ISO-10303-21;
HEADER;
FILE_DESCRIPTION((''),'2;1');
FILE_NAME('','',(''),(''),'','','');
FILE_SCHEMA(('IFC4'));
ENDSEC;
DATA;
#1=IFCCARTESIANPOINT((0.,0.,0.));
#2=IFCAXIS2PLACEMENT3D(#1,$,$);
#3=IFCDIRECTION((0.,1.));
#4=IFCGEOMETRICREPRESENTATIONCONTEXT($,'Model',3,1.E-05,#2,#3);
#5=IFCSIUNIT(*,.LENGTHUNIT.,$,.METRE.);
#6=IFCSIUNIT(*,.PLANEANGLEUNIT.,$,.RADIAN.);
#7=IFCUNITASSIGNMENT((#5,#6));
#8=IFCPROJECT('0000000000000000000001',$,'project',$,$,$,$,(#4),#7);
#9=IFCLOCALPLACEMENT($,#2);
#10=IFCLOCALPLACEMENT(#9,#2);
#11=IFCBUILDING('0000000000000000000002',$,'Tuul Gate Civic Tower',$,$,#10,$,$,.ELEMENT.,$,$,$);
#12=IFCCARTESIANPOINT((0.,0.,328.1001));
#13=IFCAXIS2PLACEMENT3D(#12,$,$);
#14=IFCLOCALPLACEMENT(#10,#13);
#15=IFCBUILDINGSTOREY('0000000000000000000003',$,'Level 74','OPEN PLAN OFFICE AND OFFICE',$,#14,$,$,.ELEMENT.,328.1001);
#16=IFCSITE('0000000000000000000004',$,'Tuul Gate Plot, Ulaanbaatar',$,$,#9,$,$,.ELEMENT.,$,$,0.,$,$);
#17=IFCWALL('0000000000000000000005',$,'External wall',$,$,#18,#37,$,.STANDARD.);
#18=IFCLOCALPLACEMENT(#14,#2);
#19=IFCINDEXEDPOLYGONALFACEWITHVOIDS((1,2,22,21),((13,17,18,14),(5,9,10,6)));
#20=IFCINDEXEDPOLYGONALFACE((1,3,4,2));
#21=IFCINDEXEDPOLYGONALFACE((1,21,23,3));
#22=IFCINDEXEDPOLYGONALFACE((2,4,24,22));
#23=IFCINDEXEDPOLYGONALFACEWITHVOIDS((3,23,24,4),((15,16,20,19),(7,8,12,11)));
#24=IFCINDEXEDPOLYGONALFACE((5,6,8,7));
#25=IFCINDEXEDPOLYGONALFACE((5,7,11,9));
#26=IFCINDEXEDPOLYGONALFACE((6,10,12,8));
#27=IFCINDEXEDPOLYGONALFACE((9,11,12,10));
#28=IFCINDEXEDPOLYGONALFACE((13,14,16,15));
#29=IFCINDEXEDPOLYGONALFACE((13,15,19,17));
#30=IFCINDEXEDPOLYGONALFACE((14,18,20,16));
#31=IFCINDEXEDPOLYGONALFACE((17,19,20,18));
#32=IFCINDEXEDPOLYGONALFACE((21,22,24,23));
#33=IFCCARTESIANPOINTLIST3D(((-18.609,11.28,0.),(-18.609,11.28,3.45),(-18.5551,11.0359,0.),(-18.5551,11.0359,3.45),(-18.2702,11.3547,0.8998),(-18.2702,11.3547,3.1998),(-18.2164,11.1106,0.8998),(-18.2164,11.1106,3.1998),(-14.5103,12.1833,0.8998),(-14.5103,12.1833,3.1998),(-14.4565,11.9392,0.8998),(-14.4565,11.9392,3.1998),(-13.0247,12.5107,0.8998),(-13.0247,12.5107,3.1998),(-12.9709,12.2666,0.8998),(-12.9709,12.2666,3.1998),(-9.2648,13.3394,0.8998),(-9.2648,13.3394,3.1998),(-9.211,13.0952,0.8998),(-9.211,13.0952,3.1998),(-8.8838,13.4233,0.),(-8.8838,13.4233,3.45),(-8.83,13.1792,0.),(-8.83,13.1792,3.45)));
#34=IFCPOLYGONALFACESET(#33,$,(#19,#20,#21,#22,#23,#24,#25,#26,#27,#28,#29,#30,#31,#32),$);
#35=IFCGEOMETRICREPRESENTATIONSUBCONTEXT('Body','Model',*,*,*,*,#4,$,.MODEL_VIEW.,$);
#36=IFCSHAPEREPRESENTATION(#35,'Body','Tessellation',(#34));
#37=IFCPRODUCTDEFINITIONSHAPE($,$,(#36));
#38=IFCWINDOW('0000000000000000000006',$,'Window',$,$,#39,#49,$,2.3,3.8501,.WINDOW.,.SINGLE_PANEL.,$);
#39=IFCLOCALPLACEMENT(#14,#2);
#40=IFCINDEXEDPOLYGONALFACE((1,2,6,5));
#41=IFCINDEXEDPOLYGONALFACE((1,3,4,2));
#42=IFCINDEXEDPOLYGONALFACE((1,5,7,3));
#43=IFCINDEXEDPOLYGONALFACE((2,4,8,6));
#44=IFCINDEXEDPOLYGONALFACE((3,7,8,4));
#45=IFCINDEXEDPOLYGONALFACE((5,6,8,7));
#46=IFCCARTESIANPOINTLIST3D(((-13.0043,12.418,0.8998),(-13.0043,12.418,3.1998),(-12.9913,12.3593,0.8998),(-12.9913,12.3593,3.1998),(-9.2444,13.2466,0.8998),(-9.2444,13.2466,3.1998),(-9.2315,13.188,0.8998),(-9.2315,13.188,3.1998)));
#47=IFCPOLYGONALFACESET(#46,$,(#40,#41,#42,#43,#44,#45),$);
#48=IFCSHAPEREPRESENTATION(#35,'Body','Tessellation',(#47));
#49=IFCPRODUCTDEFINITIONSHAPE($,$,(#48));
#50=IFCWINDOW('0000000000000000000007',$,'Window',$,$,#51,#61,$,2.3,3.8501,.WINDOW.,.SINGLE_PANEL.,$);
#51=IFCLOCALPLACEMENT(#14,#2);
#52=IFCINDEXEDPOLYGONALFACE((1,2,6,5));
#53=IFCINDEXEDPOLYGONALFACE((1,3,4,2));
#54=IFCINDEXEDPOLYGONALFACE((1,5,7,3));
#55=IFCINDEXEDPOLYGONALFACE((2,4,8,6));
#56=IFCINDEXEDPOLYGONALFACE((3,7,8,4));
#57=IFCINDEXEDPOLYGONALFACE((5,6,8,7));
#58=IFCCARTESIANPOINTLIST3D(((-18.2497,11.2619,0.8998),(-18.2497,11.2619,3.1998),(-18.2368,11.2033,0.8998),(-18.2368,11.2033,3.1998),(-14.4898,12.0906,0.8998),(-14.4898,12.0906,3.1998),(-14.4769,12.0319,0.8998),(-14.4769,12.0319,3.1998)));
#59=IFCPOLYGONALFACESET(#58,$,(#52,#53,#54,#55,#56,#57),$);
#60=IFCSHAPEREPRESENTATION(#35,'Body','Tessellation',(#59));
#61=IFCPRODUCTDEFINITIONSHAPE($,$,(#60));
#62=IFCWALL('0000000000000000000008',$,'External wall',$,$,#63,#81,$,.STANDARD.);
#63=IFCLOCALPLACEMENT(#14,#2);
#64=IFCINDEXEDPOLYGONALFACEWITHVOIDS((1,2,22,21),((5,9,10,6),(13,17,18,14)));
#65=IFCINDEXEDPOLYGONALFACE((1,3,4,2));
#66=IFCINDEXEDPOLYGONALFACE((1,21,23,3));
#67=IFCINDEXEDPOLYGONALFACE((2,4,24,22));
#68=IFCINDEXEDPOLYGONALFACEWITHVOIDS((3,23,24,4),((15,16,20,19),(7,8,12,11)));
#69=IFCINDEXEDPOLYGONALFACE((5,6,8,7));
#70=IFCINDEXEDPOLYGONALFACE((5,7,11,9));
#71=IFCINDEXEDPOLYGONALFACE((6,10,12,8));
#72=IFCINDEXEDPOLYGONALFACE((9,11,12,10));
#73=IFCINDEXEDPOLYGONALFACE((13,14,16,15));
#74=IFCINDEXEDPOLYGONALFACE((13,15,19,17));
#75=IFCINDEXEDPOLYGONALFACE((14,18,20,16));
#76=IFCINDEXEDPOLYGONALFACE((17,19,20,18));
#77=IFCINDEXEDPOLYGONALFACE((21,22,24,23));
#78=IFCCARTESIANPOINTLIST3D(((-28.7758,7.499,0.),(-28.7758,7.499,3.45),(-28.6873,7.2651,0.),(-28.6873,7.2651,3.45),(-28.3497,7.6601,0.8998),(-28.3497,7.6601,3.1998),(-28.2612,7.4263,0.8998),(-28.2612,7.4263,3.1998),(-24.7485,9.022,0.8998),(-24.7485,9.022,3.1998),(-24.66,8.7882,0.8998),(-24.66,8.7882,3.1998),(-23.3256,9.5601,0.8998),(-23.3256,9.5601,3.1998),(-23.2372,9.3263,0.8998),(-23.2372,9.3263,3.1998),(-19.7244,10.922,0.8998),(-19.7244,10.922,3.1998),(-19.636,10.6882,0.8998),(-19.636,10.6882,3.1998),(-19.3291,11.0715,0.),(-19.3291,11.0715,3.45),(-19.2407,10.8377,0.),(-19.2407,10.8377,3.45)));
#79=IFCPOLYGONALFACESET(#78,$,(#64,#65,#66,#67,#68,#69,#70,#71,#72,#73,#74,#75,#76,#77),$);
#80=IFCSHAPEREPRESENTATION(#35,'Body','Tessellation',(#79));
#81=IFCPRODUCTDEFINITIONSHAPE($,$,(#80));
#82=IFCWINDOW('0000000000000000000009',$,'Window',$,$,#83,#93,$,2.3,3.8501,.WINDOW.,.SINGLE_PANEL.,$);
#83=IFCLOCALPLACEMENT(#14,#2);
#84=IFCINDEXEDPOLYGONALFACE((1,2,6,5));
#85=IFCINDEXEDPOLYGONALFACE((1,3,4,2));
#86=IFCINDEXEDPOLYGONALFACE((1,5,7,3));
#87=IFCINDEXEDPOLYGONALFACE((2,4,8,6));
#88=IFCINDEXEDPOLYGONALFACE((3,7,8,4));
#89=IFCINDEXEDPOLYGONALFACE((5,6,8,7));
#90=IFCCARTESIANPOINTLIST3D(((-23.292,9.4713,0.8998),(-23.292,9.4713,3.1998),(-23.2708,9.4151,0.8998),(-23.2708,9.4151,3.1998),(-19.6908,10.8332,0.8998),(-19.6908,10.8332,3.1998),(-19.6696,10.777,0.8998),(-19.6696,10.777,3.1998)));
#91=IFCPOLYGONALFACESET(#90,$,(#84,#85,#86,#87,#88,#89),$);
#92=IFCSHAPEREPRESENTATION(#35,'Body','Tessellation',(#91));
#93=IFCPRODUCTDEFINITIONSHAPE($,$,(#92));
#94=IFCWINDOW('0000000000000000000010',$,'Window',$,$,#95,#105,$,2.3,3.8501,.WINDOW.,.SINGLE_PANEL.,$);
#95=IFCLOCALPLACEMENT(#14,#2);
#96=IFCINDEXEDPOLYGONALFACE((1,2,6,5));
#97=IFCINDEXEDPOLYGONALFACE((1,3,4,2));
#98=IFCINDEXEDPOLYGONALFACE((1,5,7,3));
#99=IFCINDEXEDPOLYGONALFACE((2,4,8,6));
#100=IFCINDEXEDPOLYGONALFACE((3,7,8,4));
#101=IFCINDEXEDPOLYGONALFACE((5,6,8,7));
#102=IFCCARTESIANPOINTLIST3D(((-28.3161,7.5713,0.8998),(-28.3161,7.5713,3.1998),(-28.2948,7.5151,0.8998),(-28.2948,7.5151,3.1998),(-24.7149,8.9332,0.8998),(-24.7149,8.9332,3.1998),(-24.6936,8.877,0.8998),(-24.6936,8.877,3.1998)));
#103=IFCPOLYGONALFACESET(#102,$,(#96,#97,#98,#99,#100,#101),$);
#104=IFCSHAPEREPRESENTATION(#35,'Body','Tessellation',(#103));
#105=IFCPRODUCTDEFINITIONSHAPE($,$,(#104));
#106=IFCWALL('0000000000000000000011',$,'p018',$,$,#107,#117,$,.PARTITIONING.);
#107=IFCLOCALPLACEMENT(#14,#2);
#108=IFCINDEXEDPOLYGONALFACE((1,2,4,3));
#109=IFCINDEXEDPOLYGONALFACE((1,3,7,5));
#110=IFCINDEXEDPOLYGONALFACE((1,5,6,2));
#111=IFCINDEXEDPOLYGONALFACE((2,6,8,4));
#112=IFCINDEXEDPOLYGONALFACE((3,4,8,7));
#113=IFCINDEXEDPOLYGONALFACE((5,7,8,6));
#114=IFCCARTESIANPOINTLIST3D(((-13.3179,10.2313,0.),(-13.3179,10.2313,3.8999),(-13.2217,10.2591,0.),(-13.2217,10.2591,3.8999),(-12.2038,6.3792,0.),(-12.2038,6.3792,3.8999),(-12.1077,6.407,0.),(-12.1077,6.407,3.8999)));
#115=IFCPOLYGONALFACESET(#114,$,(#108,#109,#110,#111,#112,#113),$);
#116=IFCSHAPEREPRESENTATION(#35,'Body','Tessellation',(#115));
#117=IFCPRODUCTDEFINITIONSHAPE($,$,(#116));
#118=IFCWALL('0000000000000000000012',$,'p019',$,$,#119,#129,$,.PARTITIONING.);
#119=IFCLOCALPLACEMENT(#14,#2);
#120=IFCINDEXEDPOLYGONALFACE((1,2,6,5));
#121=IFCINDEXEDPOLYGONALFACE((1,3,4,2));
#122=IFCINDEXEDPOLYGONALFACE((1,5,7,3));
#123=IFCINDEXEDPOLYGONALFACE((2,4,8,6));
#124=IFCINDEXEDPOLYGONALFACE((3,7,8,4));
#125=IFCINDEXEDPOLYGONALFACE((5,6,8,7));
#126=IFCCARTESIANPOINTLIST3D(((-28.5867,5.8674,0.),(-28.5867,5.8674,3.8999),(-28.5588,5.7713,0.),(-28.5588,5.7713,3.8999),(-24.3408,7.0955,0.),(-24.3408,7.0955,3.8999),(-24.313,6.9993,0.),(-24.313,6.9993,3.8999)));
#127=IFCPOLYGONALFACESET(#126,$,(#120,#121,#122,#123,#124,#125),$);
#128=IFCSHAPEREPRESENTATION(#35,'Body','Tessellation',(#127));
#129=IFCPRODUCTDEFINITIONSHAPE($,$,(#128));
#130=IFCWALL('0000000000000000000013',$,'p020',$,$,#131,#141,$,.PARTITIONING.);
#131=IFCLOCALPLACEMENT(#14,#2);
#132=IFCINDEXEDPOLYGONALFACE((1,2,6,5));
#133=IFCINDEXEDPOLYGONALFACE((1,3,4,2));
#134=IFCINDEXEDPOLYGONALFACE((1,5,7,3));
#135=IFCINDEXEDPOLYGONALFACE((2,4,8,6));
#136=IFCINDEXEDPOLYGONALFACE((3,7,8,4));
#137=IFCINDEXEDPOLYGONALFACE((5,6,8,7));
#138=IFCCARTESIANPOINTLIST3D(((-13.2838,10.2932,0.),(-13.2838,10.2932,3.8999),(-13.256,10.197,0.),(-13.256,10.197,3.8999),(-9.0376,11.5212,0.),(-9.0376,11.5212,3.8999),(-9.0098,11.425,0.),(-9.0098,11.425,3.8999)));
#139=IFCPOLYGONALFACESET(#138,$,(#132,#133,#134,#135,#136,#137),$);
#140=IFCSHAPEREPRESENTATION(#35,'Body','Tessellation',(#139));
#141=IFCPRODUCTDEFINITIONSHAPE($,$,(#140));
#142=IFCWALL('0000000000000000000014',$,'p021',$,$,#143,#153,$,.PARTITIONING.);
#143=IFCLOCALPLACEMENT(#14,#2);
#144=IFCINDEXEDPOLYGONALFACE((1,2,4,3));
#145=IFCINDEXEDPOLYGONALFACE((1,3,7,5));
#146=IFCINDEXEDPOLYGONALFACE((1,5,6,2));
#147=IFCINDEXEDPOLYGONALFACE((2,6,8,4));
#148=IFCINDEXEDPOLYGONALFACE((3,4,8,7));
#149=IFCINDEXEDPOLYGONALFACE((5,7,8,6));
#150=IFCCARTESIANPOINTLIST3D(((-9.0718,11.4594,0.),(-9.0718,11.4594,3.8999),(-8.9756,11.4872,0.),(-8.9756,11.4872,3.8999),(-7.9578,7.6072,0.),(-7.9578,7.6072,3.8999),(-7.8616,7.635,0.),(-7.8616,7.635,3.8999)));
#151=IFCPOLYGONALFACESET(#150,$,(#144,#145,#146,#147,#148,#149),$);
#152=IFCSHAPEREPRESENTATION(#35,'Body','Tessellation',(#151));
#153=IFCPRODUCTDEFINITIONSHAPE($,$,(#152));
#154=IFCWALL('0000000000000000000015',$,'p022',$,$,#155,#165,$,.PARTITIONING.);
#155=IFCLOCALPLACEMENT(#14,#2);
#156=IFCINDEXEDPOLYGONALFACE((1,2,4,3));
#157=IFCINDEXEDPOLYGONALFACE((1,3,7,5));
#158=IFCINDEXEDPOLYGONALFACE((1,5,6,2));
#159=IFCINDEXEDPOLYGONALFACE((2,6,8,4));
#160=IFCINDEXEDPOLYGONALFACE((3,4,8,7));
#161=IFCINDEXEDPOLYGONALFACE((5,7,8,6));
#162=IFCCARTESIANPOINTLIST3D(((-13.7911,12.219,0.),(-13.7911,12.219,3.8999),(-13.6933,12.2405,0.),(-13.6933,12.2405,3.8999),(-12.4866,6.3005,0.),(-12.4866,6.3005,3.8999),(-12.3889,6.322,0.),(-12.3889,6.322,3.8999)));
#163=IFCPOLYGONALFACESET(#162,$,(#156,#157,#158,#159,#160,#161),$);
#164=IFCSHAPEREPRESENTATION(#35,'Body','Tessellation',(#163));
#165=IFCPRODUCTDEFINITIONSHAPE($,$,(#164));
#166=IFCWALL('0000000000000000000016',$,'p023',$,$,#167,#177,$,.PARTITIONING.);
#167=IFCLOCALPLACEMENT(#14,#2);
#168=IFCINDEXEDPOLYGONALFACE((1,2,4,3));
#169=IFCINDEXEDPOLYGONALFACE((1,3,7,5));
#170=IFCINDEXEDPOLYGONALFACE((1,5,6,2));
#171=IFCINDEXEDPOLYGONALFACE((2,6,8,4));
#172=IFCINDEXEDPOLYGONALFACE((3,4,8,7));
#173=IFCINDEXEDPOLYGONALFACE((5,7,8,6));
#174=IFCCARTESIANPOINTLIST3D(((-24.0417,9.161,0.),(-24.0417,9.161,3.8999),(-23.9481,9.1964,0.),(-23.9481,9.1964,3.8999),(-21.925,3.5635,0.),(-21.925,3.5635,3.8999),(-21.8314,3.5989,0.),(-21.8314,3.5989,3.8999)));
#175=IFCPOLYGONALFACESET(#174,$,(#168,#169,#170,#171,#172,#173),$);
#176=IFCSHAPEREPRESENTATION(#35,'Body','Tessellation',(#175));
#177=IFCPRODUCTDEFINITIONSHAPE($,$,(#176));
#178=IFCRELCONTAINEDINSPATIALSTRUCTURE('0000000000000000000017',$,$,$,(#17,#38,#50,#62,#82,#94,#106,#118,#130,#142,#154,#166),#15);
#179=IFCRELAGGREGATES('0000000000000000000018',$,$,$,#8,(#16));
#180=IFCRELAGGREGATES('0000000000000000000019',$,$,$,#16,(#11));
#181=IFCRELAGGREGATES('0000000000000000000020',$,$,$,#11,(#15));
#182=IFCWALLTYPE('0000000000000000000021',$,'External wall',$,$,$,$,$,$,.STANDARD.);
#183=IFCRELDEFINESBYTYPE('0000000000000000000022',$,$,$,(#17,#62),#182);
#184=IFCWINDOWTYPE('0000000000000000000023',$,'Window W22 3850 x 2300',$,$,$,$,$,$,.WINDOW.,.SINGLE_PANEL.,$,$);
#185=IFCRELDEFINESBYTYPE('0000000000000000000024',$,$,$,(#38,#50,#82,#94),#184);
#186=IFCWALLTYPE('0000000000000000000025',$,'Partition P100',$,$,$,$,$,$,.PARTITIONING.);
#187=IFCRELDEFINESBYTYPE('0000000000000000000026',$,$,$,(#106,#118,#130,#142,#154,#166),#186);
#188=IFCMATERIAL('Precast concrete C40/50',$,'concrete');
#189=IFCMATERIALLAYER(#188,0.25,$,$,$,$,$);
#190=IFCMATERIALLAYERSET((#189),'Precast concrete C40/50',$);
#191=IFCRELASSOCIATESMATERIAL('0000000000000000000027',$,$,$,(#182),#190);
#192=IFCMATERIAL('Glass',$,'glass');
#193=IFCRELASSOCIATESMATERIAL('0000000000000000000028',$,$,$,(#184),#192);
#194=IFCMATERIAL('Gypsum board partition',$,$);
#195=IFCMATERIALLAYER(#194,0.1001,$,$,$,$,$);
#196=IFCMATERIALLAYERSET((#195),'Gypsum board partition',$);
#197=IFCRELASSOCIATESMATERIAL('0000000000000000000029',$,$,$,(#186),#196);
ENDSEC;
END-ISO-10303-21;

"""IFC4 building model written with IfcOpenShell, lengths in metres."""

from ifc_helpers import new_model, si_unit, direction, frame, frame_2d, origin, place, context, subcontext, project, spatial, rectangle, extrude, material, layer, layer_set, type_object, element, fill, save


model = new_model("IFC4")

# Units and contexts
model_context = context("Model", 3, precision=1e-05, world=origin(), true_north=direction((0.0, 1.0)))
body_context = subcontext(model_context, "Body", "Model", "MODEL_VIEW")
ifc_project = project(units=[si_unit("LENGTHUNIT", "METRE"), si_unit("PLANEANGLEUNIT", "RADIAN")], contexts=[model_context])

# Site, building, storey
site_placement = place(None, origin())
site = spatial("IfcSite", under=ifc_project, at=site_placement, Name="Tuul Gate Plot, Ulaanbaatar", CompositionType="ELEMENT", RefElevation=0.0)
building_placement = place(site_placement, origin())
building = spatial("IfcBuilding", under=site, at=building_placement, Name="Tuul Gate Civic Tower", CompositionType="ELEMENT")
storey_placement = place(building_placement, frame((0.0, 0.0, 328.1001)))
storey = spatial("IfcBuildingStorey", under=building, at=storey_placement, Name="Level 74", Description="OPEN PLAN OFFICE AND OFFICE", CompositionType="ELEMENT", Elevation=328.1001)

# Walls, openings, windows
ifc_material_1 = material(Name="Precast concrete C40/50", Category="concrete")
ifc_layer_1 = layer(ifc_material_1, 0.25)
ifc_layer_set_1 = layer_set([ifc_layer_1], Name="Precast concrete C40/50")
wall_type_1 = type_object("IfcWallType", Name="External wall", PredefinedType="STANDARD", material=ifc_layer_set_1)
wall_1_placement = place(storey_placement, frame((-8.8569, 13.3013, 0.0), z_axis=(0.0, 0.0, 1.0), x_axis=(-0.976565, -0.215225, 0.0)))
wall_1 = element("IfcWall", 1, at=wall_1_placement, inside=storey, type_object=wall_type_1, Name="External wall", PredefinedType="STANDARD", context=body_context, shape_type="SweptSolid", body=[
    extrude(rectangle(XDim=9.9585, YDim=0.25, at=frame_2d((4.9792, 0.0))), origin(), (0.0, 0.0, 1.0), 3.45),
])
opening_1_placement = place(wall_1_placement, frame((0.3901, 0.0, 0.8999)))
opening_1 = element("IfcOpeningElement", 2, at=opening_1_placement, cuts=wall_1, PredefinedType="OPENING", context=body_context, shape_type="SweptSolid", body=[
    extrude(rectangle(XDim=3.8501, YDim=2.3, at=frame_2d((1.925, 1.1499))), frame((0.0, 0.135, 0.0), z_axis=(0.0, -1.0, 0.0), x_axis=(1.0, 0.0, 0.0)), (0.0, 0.0, 1.0), 0.27),
])
opening_2_placement = place(wall_1_placement, frame((5.7615, 0.0, 0.8999)))
opening_2 = element("IfcOpeningElement", 3, at=opening_2_placement, cuts=wall_1, PredefinedType="OPENING", context=body_context, shape_type="SweptSolid", body=[
    extrude(rectangle(XDim=3.8501, YDim=2.3, at=frame_2d((1.925, 1.1499))), frame((0.0, 0.135, 0.0), z_axis=(0.0, -1.0, 0.0), x_axis=(1.0, 0.0, 0.0)), (0.0, 0.0, 1.0), 0.27),
])
ifc_material_2 = material(Name="Glass", Category="glass")
window_type = type_object("IfcWindowType", Name="Window W22 3850 x 2300", PartitioningType="SINGLE_PANEL", PredefinedType="WINDOW", material=ifc_material_2)
window_1_placement = place(opening_1_placement, origin())
window_1 = element("IfcWindow", 4, at=window_1_placement, inside=storey, type_object=window_type, Name="Window", OverallHeight=2.3, OverallWidth=3.8501, PartitioningType="SINGLE_PANEL", PredefinedType="WINDOW", context=body_context, shape_type="SweptSolid", body=[
    extrude(rectangle(XDim=3.8501, YDim=2.3, at=frame_2d((1.925, 1.1499))), frame((0.0, 0.03, 0.0), z_axis=(0.0, -1.0, 0.0), x_axis=(1.0, 0.0, 0.0)), (0.0, 0.0, 1.0), 0.0601),
])
fill(opening_1, window_1)
window_2_placement = place(opening_2_placement, origin())
window_2 = element("IfcWindow", 5, at=window_2_placement, inside=storey, type_object=window_type, Name="Window", OverallHeight=2.3, OverallWidth=3.8501, PartitioningType="SINGLE_PANEL", PredefinedType="WINDOW", context=body_context, shape_type="SweptSolid", body=[
    extrude(rectangle(XDim=3.8501, YDim=2.3, at=frame_2d((1.925, 1.1499))), frame((0.0, 0.03, 0.0), z_axis=(0.0, -1.0, 0.0), x_axis=(1.0, 0.0, 0.0)), (0.0, 0.0, 1.0), 0.0601),
])
fill(opening_2, window_2)
wall_2_placement = place(storey_placement, frame((-19.2849, 10.9546, 0.0), z_axis=(0.0, 0.0, 1.0), x_axis=(-0.935347, -0.353731, 0.0)))
wall_2 = element("IfcWall", 6, at=wall_2_placement, inside=storey, type_object=wall_type_1, Name="External wall", PredefinedType="STANDARD", context=body_context, shape_type="SweptSolid", body=[
    extrude(rectangle(XDim=10.0996, YDim=0.25, at=frame_2d((5.0498, 0.0))), origin(), (0.0, 0.0, 1.0), 3.45),
])
opening_3_placement = place(wall_2_placement, frame((0.4226, 0.0, 0.8999)))
opening_3 = element("IfcOpeningElement", 7, at=opening_3_placement, cuts=wall_2, PredefinedType="OPENING", context=body_context, shape_type="SweptSolid", body=[
    extrude(rectangle(XDim=3.8501, YDim=2.3, at=frame_2d((1.925, 1.1499))), frame((0.0, 0.135, 0.0), z_axis=(0.0, -1.0, 0.0), x_axis=(1.0, 0.0, 0.0)), (0.0, 0.0, 1.0), 0.27),
])
opening_4_placement = place(wall_2_placement, frame((5.7939, 0.0, 0.8999)))
opening_4 = element("IfcOpeningElement", 8, at=opening_4_placement, cuts=wall_2, PredefinedType="OPENING", context=body_context, shape_type="SweptSolid", body=[
    extrude(rectangle(XDim=3.8501, YDim=2.3, at=frame_2d((1.925, 1.1499))), frame((0.0, 0.135, 0.0), z_axis=(0.0, -1.0, 0.0), x_axis=(1.0, 0.0, 0.0)), (0.0, 0.0, 1.0), 0.27),
])
window_3_placement = place(opening_3_placement, origin())
window_3 = element("IfcWindow", 9, at=window_3_placement, inside=storey, type_object=window_type, Name="Window", OverallHeight=2.3, OverallWidth=3.8501, PartitioningType="SINGLE_PANEL", PredefinedType="WINDOW", context=body_context, shape_type="SweptSolid", body=[
    extrude(rectangle(XDim=3.8501, YDim=2.3, at=frame_2d((1.925, 1.1499))), frame((0.0, 0.03, 0.0), z_axis=(0.0, -1.0, 0.0), x_axis=(1.0, 0.0, 0.0)), (0.0, 0.0, 1.0), 0.0601),
])
fill(opening_3, window_3)
window_4_placement = place(opening_4_placement, origin())
window_4 = element("IfcWindow", 10, at=window_4_placement, inside=storey, type_object=window_type, Name="Window", OverallHeight=2.3, OverallWidth=3.8501, PartitioningType="SINGLE_PANEL", PredefinedType="WINDOW", context=body_context, shape_type="SweptSolid", body=[
    extrude(rectangle(XDim=3.8501, YDim=2.3, at=frame_2d((1.925, 1.1499))), frame((0.0, 0.03, 0.0), z_axis=(0.0, -1.0, 0.0), x_axis=(1.0, 0.0, 0.0)), (0.0, 0.0, 1.0), 0.0601),
])
fill(opening_4, window_4)

# Walls
ifc_material_3 = material(Name="Gypsum board partition")
ifc_layer_2 = layer(ifc_material_3, 0.1001)
ifc_layer_set_2 = layer_set([ifc_layer_2], Name="Gypsum board partition")
wall_type_2 = type_object("IfcWallType", Name="Partition P100", PredefinedType="PARTITIONING", material=ifc_layer_set_2)
wall_3_placement = place(storey_placement, frame((-13.2698, 10.2451, 0.0), z_axis=(0.0, 0.0, 1.0), x_axis=(0.277816, -0.960634, 0.0)))
element("IfcWall", 11, at=wall_3_placement, inside=storey, type_object=wall_type_2, Name="p018", PredefinedType="PARTITIONING", context=body_context, shape_type="SweptSolid", body=[
    extrude(rectangle(XDim=4.01, YDim=0.1001, at=frame_2d((2.0049, 0.0))), origin(), (0.0, 0.0, 1.0), 3.8999),
])
wall_4_placement = place(storey_placement, frame((-28.5728, 5.8193, 0.0), z_axis=(0.0, 0.0, 1.0), x_axis=(0.960627, 0.277842, 0.0)))
element("IfcWall", 12, at=wall_4_placement, inside=storey, type_object=wall_type_2, Name="p019", PredefinedType="PARTITIONING", context=body_context, shape_type="SweptSolid", body=[
    extrude(rectangle(XDim=4.4199, YDim=0.1001, at=frame_2d((2.21, 0.0))), origin(), (0.0, 0.0, 1.0), 3.8999),
])
wall_5_placement = place(storey_placement, frame((-13.2698, 10.2451, 0.0), z_axis=(0.0, 0.0, 1.0), x_axis=(0.960631, 0.277827, 0.0)))
element("IfcWall", 13, at=wall_5_placement, inside=storey, type_object=wall_type_2, Name="p020", PredefinedType="PARTITIONING", context=body_context, shape_type="SweptSolid", body=[
    extrude(rectangle(XDim=4.4202, YDim=0.1001, at=frame_2d((2.21, 0.0))), origin(), (0.0, 0.0, 1.0), 3.8999),
])
wall_6_placement = place(storey_placement, frame((-9.0237, 11.4731, 0.0), z_axis=(0.0, 0.0, 1.0), x_axis=(0.277816, -0.960634, 0.0)))
element("IfcWall", 14, at=wall_6_placement, inside=storey, type_object=wall_type_2, Name="p021", PredefinedType="PARTITIONING", context=body_context, shape_type="SweptSolid", body=[
    extrude(rectangle(XDim=4.01, YDim=0.1001, at=frame_2d((2.0049, 0.0))), origin(), (0.0, 0.0, 1.0), 3.8999),
])
wall_7_placement = place(storey_placement, frame((-13.7422, 12.2297, 0.0), z_axis=(0.0, 0.0, 1.0), x_axis=(0.215237, -0.976562, 0.0)))
element("IfcWall", 15, at=wall_7_placement, inside=storey, type_object=wall_type_2, Name="p022", PredefinedType="PARTITIONING", context=body_context, shape_type="SweptSolid", body=[
    extrude(rectangle(XDim=6.0605, YDim=0.1001, at=frame_2d((3.0303, 0.0))), origin(), (0.0, 0.0, 1.0), 3.8999),
])
wall_8_placement = place(storey_placement, frame((-23.9949, 9.1787, 0.0), z_axis=(0.0, 0.0, 1.0), x_axis=(0.353697, -0.93536, 0.0)))
element("IfcWall", 16, at=wall_8_placement, inside=storey, type_object=wall_type_2, Name="p023", PredefinedType="PARTITIONING", context=body_context, shape_type="SweptSolid", body=[
    extrude(rectangle(XDim=5.9844, YDim=0.1001, at=frame_2d((2.9922, 0.0))), origin(), (0.0, 0.0, 1.0), 3.8999),
])

save(model, "model.ifc")
